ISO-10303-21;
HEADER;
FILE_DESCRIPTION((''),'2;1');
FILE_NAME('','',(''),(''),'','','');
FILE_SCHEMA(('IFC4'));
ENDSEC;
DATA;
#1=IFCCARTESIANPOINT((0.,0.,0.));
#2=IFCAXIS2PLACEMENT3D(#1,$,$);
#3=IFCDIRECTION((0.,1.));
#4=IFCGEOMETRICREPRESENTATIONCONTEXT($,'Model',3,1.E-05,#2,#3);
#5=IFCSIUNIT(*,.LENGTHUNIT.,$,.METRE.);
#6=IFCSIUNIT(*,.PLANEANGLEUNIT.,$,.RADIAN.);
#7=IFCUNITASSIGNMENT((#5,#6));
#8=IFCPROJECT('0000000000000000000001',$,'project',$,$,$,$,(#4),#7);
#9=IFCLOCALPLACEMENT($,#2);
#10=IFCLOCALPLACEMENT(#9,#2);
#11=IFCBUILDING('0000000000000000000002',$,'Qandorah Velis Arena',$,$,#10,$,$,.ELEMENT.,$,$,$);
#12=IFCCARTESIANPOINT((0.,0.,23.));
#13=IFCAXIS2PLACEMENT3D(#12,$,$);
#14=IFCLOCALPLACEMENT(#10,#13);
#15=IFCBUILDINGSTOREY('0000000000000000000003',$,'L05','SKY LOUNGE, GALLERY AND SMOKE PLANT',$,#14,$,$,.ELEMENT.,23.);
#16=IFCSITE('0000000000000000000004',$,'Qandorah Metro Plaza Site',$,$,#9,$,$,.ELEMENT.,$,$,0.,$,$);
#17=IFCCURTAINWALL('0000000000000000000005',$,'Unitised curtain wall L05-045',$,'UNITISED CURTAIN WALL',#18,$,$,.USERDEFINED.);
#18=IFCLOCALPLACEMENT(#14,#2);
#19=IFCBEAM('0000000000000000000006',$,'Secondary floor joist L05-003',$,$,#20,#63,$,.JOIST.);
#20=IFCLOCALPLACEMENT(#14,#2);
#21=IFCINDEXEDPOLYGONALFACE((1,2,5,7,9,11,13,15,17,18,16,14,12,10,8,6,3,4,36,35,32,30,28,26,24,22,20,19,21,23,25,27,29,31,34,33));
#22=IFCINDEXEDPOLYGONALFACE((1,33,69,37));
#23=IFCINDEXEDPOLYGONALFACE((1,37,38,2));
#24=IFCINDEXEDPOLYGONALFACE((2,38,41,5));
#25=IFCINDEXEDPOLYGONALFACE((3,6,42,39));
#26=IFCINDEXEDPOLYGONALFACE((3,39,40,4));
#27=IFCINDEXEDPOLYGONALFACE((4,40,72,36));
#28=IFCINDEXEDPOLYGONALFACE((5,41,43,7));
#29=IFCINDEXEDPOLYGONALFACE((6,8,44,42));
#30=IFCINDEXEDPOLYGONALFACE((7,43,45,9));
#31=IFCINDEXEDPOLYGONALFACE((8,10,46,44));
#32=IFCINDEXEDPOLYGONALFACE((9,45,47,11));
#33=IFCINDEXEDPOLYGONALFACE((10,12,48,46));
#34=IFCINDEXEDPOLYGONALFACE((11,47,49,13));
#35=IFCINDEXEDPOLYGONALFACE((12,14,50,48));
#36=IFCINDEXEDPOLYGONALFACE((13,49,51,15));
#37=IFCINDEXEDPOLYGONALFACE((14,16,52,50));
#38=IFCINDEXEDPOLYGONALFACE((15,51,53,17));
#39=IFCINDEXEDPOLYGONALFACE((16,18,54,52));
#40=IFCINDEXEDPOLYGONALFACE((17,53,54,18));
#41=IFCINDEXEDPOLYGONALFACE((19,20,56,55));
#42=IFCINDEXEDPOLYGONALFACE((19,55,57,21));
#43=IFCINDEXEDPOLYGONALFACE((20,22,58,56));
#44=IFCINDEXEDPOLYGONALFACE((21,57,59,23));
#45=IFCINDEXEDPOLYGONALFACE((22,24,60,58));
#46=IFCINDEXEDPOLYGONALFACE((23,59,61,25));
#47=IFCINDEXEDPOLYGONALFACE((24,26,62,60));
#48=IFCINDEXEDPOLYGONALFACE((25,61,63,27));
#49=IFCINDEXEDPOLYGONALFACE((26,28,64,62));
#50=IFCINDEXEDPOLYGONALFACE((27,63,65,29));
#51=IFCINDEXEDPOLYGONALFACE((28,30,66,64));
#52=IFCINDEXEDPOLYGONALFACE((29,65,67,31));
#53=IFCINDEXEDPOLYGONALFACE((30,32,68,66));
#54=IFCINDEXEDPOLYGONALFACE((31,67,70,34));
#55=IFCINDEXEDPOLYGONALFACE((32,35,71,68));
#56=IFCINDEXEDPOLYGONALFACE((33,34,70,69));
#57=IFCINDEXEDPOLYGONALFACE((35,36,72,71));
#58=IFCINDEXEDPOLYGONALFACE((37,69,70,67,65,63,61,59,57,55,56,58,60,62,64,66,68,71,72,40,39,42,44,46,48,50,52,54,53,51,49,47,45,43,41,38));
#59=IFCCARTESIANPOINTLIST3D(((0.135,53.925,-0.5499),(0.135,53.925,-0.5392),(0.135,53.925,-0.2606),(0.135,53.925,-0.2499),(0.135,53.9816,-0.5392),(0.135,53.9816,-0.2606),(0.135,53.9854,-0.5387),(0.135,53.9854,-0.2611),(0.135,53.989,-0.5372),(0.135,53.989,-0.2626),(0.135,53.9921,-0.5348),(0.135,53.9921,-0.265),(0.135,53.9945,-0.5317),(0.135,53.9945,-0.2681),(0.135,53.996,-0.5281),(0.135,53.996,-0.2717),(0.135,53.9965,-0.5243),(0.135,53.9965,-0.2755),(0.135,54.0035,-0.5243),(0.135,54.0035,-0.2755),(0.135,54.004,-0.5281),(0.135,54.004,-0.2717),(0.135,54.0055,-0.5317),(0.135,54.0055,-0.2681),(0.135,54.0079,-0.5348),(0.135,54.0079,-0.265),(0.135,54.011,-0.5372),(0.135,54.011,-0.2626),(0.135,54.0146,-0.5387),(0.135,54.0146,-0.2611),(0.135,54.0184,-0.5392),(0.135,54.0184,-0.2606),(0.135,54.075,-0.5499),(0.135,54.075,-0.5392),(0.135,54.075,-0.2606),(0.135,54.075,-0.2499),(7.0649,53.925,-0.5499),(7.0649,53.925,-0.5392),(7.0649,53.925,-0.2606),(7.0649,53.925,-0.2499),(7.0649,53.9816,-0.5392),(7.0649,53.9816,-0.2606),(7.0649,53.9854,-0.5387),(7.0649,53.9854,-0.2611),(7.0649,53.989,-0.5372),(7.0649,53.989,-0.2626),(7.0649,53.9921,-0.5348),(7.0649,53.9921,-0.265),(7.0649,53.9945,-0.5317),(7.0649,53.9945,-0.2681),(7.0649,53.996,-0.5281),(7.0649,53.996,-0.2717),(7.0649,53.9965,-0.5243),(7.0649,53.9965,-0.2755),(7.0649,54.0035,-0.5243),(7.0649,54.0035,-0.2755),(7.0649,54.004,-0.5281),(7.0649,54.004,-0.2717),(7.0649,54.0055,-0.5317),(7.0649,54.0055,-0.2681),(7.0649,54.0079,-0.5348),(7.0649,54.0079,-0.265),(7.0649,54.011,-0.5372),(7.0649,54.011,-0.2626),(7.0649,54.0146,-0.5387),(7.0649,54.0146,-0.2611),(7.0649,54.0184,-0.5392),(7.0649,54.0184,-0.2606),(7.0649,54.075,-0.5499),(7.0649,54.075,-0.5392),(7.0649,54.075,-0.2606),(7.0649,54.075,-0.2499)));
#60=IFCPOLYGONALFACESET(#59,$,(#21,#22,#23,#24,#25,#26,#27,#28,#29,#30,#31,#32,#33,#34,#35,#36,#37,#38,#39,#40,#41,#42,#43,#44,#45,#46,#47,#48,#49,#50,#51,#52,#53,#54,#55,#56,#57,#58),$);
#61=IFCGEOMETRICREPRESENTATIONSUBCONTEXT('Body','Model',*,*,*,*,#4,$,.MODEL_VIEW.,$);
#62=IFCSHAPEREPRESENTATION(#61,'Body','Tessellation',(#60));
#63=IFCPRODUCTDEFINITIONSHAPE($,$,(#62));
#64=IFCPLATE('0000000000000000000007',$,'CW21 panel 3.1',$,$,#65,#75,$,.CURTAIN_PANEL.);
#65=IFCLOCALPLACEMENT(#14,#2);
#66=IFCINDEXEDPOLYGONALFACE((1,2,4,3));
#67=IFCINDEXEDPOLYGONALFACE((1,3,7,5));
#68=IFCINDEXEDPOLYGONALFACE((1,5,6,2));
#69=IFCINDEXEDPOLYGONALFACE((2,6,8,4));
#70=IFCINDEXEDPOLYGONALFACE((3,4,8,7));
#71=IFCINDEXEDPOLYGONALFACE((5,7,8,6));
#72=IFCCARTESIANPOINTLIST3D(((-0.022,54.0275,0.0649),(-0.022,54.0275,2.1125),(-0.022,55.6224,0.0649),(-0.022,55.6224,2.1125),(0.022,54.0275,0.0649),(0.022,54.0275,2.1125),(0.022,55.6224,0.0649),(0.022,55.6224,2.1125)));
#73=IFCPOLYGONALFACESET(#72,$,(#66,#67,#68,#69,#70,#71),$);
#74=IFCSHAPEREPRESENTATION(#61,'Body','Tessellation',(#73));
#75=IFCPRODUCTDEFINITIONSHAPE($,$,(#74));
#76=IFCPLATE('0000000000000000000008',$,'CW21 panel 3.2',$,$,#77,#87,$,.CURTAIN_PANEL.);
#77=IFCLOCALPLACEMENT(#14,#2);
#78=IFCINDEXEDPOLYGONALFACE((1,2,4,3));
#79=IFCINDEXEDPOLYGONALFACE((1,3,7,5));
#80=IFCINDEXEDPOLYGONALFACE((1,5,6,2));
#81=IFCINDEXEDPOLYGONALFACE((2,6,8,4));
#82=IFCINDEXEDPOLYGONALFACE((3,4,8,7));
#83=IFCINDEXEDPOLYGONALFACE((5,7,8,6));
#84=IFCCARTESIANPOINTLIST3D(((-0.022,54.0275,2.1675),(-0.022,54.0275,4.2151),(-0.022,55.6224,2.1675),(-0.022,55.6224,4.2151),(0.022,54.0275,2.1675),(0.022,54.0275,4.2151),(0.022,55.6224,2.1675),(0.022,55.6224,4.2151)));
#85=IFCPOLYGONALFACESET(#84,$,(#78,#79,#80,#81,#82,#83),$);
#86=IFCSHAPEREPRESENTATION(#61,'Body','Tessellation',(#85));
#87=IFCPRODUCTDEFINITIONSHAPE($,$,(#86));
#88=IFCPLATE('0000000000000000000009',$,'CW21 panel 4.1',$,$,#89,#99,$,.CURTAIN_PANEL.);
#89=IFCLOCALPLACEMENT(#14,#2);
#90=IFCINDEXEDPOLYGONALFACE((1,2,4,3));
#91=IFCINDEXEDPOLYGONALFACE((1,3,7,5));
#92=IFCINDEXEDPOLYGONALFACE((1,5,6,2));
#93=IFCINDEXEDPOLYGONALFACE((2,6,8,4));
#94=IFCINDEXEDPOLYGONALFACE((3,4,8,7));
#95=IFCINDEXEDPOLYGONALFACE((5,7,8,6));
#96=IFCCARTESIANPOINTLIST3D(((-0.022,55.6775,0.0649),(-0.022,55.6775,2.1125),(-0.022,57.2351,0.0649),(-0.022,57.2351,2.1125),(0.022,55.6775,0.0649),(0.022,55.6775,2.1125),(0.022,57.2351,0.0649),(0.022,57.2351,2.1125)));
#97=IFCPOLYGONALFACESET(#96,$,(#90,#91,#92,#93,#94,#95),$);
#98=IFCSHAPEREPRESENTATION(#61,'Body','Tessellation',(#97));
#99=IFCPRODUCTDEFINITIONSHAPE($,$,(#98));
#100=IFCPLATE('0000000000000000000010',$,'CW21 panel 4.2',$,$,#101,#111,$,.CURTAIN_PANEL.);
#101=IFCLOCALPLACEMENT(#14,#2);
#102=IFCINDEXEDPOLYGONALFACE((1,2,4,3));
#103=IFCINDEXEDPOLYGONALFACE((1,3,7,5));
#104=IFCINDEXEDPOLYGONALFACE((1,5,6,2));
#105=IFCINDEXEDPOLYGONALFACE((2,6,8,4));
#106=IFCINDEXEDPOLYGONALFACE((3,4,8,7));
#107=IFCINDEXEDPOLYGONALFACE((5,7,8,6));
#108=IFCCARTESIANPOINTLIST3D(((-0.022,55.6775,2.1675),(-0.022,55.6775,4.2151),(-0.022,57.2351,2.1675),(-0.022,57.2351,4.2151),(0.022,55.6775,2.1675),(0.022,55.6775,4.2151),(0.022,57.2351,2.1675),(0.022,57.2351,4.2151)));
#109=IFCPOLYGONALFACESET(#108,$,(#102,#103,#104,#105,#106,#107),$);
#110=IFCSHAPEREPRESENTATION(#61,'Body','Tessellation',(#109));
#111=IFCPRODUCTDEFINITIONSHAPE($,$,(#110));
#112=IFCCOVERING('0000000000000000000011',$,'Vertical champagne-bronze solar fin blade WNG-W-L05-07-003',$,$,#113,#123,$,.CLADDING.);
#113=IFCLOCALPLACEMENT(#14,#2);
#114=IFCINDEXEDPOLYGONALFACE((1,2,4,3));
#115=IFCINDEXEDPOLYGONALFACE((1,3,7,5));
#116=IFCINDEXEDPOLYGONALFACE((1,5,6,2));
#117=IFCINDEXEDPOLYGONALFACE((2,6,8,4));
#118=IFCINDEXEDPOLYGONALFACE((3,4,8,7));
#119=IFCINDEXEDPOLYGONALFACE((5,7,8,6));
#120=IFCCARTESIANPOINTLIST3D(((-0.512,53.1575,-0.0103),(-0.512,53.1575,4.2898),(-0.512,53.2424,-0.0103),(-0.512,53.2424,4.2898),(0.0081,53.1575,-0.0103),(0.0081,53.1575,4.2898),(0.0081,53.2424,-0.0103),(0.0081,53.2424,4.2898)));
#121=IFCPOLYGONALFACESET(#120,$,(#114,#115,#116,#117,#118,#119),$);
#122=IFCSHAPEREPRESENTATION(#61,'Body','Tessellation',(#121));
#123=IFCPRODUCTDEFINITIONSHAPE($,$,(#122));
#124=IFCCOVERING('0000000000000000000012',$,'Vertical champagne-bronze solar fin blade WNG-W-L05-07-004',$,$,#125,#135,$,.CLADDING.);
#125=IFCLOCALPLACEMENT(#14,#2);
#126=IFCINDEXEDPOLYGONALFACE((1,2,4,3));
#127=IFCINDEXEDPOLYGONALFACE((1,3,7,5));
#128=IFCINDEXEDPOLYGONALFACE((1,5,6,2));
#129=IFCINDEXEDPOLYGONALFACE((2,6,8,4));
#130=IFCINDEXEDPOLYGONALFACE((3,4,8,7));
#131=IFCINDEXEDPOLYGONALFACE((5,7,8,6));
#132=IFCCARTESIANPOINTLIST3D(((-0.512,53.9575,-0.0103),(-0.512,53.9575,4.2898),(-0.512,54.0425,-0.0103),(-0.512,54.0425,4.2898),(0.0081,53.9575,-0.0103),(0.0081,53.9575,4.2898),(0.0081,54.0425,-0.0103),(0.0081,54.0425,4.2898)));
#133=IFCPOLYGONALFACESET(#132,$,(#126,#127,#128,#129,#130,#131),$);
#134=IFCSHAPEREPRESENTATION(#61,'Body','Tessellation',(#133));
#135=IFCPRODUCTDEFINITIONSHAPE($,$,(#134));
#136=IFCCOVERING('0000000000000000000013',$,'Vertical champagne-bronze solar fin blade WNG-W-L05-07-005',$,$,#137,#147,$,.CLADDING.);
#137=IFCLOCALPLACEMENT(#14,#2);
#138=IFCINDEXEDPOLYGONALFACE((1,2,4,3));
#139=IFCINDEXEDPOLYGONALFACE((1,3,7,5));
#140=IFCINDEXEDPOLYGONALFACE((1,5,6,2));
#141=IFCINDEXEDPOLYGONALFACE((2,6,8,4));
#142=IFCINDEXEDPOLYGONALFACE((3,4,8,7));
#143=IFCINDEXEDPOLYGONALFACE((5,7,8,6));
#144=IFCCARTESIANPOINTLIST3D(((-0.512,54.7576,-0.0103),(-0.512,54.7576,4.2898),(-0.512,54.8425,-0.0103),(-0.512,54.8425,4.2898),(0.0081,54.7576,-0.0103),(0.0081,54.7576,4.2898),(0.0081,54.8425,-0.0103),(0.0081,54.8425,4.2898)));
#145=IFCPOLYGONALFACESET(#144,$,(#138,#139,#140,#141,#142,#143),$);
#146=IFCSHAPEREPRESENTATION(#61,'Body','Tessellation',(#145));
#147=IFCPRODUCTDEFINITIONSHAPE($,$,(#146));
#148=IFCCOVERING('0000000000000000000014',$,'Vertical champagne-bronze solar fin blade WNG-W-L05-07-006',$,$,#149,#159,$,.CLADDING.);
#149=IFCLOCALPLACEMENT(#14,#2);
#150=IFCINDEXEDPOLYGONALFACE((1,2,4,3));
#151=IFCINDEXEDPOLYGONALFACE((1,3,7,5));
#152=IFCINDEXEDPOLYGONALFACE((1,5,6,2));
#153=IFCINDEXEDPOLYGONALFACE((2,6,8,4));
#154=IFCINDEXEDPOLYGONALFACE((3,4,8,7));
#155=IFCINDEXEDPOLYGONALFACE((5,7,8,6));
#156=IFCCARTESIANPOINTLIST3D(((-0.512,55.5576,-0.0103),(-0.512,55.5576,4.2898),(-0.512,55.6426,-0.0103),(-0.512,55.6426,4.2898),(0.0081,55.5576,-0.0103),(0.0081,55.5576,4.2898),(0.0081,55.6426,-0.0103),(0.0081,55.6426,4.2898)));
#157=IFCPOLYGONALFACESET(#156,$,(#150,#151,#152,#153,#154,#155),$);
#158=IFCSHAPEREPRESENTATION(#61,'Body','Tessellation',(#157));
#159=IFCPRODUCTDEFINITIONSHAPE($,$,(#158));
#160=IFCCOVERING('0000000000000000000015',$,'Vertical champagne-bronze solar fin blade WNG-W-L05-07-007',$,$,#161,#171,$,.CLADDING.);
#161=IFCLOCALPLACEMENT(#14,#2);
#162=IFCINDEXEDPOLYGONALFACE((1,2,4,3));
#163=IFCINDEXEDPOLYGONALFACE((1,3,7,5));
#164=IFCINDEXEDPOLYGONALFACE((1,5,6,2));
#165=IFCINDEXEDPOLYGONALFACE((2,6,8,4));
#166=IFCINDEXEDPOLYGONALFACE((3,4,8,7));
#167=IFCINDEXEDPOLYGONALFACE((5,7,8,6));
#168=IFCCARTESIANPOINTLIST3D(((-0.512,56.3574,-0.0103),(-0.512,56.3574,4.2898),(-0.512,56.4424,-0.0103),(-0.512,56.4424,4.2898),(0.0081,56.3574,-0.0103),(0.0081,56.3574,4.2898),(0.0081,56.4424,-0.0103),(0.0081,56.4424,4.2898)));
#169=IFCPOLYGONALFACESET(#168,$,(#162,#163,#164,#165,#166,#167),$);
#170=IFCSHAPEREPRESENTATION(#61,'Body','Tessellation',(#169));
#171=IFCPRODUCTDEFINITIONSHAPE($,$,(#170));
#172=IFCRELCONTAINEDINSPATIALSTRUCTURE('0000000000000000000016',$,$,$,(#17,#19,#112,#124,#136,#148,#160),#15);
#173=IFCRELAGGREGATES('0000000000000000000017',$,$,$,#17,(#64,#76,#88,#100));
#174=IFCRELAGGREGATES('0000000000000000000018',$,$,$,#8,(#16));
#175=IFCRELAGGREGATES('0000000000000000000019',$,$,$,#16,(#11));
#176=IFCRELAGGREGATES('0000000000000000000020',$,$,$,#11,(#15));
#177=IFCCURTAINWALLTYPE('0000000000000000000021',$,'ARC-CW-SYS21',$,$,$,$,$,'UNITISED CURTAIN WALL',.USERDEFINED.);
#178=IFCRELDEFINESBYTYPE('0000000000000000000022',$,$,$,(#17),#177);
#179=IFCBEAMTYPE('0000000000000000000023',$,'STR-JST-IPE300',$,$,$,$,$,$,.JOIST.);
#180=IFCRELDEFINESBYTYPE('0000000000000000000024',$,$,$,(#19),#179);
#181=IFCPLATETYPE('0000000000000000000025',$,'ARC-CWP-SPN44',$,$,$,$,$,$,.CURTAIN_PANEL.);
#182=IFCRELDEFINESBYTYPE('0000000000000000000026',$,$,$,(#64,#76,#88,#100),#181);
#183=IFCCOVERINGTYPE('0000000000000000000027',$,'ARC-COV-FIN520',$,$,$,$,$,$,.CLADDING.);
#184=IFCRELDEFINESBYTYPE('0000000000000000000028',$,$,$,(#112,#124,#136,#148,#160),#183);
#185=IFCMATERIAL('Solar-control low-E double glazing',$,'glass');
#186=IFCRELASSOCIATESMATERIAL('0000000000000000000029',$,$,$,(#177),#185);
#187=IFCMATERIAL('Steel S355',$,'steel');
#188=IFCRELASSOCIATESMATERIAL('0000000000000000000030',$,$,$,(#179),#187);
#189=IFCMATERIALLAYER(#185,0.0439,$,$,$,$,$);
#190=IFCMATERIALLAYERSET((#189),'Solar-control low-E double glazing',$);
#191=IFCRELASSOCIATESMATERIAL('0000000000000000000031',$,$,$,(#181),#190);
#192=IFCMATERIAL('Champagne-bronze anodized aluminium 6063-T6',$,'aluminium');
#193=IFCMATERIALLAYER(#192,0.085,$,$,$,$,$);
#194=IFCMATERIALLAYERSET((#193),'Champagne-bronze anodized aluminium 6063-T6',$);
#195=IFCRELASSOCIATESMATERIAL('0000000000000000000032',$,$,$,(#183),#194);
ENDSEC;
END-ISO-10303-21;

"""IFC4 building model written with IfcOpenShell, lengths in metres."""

from ifc_helpers import new_model, si_unit, direction, frame, origin, origin_2d, place, context, subcontext, project, spatial, rectangle, i_section, extrude, material, layer, layer_set, material_profile, profile_set, type_object, element, aggregate, save


model = new_model("IFC4")

# Units and contexts
model_context = context("Model", 3, precision=1e-05, world=origin(), true_north=direction((0.0, 1.0)))
body_context = subcontext(model_context, "Body", "Model", "MODEL_VIEW")
ifc_project = project(units=[si_unit("LENGTHUNIT", "METRE"), si_unit("PLANEANGLEUNIT", "RADIAN")], contexts=[model_context])

# Site, building, storey
site_placement = place(None, origin())
site = spatial("IfcSite", under=ifc_project, at=site_placement, Name="Qandorah Metro Plaza Site", CompositionType="ELEMENT", RefElevation=0.0)
building_placement = place(site_placement, origin())
building = spatial("IfcBuilding", under=site, at=building_placement, Name="Qandorah Velis Arena", CompositionType="ELEMENT")
storey_placement = place(building_placement, frame((0.0, 0.0, 23.0)))
storey = spatial("IfcBuildingStorey", under=building, at=storey_placement, Name="L05", Description="SKY LOUNGE, GALLERY AND SMOKE PLANT", CompositionType="ELEMENT", Elevation=23.0)

# Curtain wall
ifc_material_1 = material(Name="Solar-control low-E double glazing", Category="glass")
curtain_wall_type = type_object("IfcCurtainWallType", Name="ARC-CW-SYS21", ElementType="UNITISED CURTAIN WALL", PredefinedType="USERDEFINED", material=ifc_material_1)
curtain_wall_placement = place(storey_placement, origin())
curtain_wall = element("IfcCurtainWall", 1, at=curtain_wall_placement, inside=storey, type_object=curtain_wall_type, Name="Unitised curtain wall L05-045", ObjectType="UNITISED CURTAIN WALL", PredefinedType="USERDEFINED")
ifc_material_2 = material(Name="Champagne-bronze anodized aluminium 6063-T6", Category="aluminium")

# Beam
ifc_material_3 = material(Name="Steel S355", Category="steel")
ifc_material_profile_1 = material_profile(ifc_material_3, i_section(OverallWidth=0.1499, OverallDepth=0.3, WebThickness=0.0071, FlangeThickness=0.0107, FilletRadius=0.0149, at=origin_2d()), Name="IPE 300")
ifc_profile_set_1 = profile_set([ifc_material_profile_1], Name="Steel S355")
beam_type = type_object("IfcBeamType", Name="STR-JST-IPE300", PredefinedType="JOIST", material=ifc_profile_set_1)
beam_placement = place(storey_placement, frame((0.135, 54.0, -0.3999), z_axis=(1.0, 0.0, 0.0), x_axis=(0.0, 1.0, 0.0)))
element("IfcBeam", 2, at=beam_placement, inside=storey, type_object=beam_type, Name="Secondary floor joist L05-003", PredefinedType="JOIST", context=body_context, shape_type="SweptSolid", body=[
    extrude(i_section(OverallWidth=0.1499, OverallDepth=0.3, WebThickness=0.0071, FlangeThickness=0.0107, FilletRadius=0.0149, at=origin_2d()), origin(), (0.0, 0.0, 1.0), 6.9299),
])

# Plates
ifc_layer_1 = layer(ifc_material_1, 0.0439)
ifc_layer_set_1 = layer_set([ifc_layer_1], Name="Solar-control low-E double glazing")
plate_type = type_object("IfcPlateType", Name="ARC-CWP-SPN44", PredefinedType="CURTAIN_PANEL", material=ifc_layer_set_1)
plate_1_placement = place(storey_placement, frame((0.0, 54.825, 0.0649), z_axis=(0.0, 0.0, 1.0), x_axis=(0.0, 1.0, 0.0)))
plate_1 = element("IfcPlate", 3, at=plate_1_placement, type_object=plate_type, Name="CW21 panel 3.1", PredefinedType="CURTAIN_PANEL", context=body_context, shape_type="SweptSolid", body=[
    extrude(rectangle(XDim=1.595, YDim=0.0439, at=origin_2d()), origin(), (0.0, 0.0, 1.0), 2.0476),
])
plate_2_placement = place(storey_placement, frame((0.0, 54.825, 2.1675), z_axis=(0.0, 0.0, 1.0), x_axis=(0.0, 1.0, 0.0)))
plate_2 = element("IfcPlate", 4, at=plate_2_placement, type_object=plate_type, Name="CW21 panel 3.2", PredefinedType="CURTAIN_PANEL", context=body_context, shape_type="SweptSolid", body=[
    extrude(rectangle(XDim=1.595, YDim=0.0439, at=origin_2d()), origin(), (0.0, 0.0, 1.0), 2.0476),
])
plate_3_placement = place(storey_placement, frame((0.0, 56.4563, 0.0649), z_axis=(0.0, 0.0, 1.0), x_axis=(0.0, 1.0, 0.0)))
plate_3 = element("IfcPlate", 5, at=plate_3_placement, type_object=plate_type, Name="CW21 panel 4.1", PredefinedType="CURTAIN_PANEL", context=body_context, shape_type="SweptSolid", body=[
    extrude(rectangle(XDim=1.5576, YDim=0.0439, at=origin_2d()), origin(), (0.0, 0.0, 1.0), 2.0476),
])
plate_4_placement = place(storey_placement, frame((0.0, 56.4563, 2.1675), z_axis=(0.0, 0.0, 1.0), x_axis=(0.0, 1.0, 0.0)))
plate_4 = element("IfcPlate", 6, at=plate_4_placement, type_object=plate_type, Name="CW21 panel 4.2", PredefinedType="CURTAIN_PANEL", context=body_context, shape_type="SweptSolid", body=[
    extrude(rectangle(XDim=1.5576, YDim=0.0439, at=origin_2d()), origin(), (0.0, 0.0, 1.0), 2.0476),
])
aggregate(curtain_wall, [plate_1, plate_2, plate_3, plate_4])

# Coverings
ifc_layer_2 = layer(ifc_material_2, 0.085)
ifc_layer_set_2 = layer_set([ifc_layer_2], Name="Champagne-bronze anodized aluminium 6063-T6")
covering_type = type_object("IfcCoveringType", Name="ARC-COV-FIN520", PredefinedType="CLADDING", material=ifc_layer_set_2)
for number, where, z_axis, x_axis, name in (
    (7, (-0.252, 53.2, -0.0103), (0.0, 0.0, 1.0), (1.0, 0.0, 0.0), "Vertical champagne-bronze solar fin blade WNG-W-L05-07-003"),
    (8, (-0.252, 54.0, -0.0103), (0.0, 0.0, 1.0), (1.0, 0.0, 0.0), "Vertical champagne-bronze solar fin blade WNG-W-L05-07-004"),
    (9, (-0.252, 54.8, -0.0103), (0.0, 0.0, 1.0), (1.0, 0.0, 0.0), "Vertical champagne-bronze solar fin blade WNG-W-L05-07-005"),
    (10, (-0.252, 55.6001, -0.0103), (0.0, 0.0, 1.0), (1.0, 0.0, 0.0), "Vertical champagne-bronze solar fin blade WNG-W-L05-07-006"),
    (11, (-0.252, 56.3999, -0.0103), (0.0, 0.0, 1.0), (1.0, 0.0, 0.0), "Vertical champagne-bronze solar fin blade WNG-W-L05-07-007"),
):
    element("IfcCovering", number, at=place(storey_placement, frame(where, z_axis=z_axis, x_axis=x_axis)), inside=storey, type_object=covering_type, Name=name, PredefinedType="CLADDING", context=body_context, shape_type="SweptSolid", body=[
        extrude(rectangle(XDim=0.52, YDim=0.085, at=origin_2d()), origin(), (0.0, 0.0, 1.0), 4.3),
    ])

save(model, "model.ifc")
